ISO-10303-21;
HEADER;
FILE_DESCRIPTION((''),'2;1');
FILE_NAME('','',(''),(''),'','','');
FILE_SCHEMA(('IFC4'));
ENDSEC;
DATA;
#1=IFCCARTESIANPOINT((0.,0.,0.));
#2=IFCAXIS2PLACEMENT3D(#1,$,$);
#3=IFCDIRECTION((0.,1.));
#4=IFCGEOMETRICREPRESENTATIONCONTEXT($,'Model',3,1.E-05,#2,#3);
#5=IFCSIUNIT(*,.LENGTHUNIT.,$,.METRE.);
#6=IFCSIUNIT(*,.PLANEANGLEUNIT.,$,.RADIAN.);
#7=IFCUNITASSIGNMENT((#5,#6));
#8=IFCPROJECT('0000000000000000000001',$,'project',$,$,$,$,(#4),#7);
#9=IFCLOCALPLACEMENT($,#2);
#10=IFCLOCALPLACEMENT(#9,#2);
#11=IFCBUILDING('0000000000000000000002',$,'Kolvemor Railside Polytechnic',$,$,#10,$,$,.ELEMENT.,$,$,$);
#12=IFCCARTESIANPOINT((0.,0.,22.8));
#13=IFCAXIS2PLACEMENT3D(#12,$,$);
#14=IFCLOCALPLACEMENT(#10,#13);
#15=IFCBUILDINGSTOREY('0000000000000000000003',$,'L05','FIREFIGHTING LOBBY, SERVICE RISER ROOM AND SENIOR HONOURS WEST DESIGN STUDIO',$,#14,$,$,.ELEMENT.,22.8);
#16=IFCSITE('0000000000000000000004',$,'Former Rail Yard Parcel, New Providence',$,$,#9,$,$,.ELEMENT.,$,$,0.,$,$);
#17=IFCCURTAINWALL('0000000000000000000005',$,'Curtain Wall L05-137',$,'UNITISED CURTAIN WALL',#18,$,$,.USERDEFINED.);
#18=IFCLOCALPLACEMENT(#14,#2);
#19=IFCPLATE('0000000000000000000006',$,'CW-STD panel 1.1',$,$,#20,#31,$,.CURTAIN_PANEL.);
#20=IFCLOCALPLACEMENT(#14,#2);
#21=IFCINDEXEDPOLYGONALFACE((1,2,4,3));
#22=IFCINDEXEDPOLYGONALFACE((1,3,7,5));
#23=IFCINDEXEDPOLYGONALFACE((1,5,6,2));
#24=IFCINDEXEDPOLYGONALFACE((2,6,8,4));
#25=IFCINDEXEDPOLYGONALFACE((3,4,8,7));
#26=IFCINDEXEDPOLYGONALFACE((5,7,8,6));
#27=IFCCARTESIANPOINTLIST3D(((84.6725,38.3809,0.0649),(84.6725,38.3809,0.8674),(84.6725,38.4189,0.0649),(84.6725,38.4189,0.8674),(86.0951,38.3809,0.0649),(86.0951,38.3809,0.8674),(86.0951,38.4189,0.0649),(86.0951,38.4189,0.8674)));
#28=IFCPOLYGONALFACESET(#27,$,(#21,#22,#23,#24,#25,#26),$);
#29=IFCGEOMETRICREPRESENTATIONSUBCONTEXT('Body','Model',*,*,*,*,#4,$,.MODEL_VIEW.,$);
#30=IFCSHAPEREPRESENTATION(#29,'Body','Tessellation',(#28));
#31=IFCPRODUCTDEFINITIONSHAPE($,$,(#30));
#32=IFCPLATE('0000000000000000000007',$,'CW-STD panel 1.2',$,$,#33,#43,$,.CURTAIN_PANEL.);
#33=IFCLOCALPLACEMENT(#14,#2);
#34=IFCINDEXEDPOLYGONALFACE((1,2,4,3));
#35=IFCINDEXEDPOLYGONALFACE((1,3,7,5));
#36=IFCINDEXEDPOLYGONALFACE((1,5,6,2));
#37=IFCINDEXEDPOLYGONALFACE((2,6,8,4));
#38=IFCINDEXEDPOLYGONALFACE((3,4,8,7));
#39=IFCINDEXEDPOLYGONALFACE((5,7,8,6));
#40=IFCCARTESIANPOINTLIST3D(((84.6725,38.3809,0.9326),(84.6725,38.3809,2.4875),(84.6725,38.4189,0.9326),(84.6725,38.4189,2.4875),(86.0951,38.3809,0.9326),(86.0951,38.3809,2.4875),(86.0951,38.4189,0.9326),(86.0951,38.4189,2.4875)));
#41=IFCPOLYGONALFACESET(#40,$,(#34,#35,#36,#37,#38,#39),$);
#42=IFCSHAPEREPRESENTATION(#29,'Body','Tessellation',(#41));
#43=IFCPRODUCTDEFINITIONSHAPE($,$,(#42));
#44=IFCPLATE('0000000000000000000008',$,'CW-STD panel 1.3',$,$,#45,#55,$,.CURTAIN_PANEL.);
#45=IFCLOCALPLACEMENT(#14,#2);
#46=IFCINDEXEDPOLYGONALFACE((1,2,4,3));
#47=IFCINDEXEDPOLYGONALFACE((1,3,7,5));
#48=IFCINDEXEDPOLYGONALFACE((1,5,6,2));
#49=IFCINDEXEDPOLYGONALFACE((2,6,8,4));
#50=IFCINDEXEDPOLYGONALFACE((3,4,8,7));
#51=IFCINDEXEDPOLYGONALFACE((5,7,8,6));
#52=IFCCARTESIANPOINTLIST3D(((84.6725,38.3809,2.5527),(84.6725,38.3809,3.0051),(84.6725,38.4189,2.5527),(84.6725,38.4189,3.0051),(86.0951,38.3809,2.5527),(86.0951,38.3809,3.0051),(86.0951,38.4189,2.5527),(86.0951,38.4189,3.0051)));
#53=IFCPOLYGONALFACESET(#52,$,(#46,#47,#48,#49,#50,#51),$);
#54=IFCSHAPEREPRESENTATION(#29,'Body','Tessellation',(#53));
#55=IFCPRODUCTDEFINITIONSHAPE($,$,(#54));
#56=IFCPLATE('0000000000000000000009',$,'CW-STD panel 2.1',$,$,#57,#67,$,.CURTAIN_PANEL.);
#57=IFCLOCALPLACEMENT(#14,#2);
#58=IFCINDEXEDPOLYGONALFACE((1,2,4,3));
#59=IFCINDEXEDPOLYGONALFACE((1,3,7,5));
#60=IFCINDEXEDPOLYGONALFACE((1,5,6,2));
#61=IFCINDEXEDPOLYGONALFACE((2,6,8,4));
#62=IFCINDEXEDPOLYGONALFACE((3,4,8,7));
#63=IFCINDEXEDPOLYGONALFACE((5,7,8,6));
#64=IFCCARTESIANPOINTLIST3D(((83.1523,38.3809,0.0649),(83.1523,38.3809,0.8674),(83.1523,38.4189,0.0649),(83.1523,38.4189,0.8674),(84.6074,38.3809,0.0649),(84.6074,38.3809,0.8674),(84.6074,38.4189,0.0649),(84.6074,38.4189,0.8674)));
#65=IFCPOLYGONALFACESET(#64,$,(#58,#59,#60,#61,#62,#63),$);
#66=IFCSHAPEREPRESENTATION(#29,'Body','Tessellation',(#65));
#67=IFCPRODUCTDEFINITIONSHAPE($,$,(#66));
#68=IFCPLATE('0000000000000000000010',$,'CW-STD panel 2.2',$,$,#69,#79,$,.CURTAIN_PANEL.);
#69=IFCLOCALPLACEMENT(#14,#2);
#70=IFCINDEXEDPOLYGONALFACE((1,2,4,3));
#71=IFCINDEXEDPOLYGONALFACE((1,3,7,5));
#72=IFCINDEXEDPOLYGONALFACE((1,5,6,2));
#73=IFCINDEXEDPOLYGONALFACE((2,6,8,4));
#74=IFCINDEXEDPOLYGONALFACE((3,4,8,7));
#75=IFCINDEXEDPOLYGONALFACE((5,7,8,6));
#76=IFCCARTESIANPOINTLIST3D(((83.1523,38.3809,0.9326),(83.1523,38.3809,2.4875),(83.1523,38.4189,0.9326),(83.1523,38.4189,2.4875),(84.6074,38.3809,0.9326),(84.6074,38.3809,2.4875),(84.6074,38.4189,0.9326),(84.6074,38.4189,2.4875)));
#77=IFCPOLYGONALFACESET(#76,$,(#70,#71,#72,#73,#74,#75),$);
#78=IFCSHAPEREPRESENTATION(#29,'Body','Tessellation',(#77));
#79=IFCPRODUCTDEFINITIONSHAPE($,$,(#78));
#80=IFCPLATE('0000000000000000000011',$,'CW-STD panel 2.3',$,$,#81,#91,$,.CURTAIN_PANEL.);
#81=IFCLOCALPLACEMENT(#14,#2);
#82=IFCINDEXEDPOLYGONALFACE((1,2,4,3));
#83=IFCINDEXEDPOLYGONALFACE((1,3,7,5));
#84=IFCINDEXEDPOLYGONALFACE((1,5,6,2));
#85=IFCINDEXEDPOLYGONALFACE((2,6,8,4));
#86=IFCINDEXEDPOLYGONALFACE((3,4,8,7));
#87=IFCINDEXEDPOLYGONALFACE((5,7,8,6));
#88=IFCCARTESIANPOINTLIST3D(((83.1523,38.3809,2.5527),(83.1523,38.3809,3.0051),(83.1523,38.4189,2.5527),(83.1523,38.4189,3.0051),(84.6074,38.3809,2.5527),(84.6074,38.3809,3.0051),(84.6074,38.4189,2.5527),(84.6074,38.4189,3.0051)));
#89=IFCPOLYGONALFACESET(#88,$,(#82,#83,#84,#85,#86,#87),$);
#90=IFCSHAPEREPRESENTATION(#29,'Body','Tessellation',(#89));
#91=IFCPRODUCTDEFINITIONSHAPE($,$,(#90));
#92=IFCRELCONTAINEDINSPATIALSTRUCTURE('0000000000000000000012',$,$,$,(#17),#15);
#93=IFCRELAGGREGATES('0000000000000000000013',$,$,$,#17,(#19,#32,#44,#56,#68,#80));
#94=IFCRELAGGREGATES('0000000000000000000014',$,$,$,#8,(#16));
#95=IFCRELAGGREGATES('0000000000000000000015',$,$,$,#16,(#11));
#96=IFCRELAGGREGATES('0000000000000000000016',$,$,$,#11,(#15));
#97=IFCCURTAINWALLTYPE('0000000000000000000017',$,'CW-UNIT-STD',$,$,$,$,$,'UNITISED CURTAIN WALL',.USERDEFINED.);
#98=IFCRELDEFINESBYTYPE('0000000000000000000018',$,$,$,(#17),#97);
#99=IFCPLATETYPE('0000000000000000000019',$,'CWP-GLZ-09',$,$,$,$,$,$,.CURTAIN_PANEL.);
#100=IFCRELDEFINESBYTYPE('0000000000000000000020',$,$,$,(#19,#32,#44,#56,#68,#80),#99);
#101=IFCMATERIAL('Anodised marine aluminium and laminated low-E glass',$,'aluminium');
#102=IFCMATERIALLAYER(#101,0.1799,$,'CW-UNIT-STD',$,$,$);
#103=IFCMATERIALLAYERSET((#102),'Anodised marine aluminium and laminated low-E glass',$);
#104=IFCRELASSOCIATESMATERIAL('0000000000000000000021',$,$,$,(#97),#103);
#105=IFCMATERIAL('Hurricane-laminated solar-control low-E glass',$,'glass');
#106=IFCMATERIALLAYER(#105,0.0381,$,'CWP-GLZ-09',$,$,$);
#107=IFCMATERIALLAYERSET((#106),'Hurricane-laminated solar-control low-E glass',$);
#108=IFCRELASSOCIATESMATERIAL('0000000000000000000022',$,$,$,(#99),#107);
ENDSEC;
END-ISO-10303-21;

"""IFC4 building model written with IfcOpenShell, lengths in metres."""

from ifc_helpers import new_model, si_unit, direction, frame, origin, origin_2d, place, context, subcontext, project, spatial, rectangle, extrude, material, layer, layer_set, type_object, element, aggregate, save


model = new_model("IFC4")

# Units and contexts
model_context = context("Model", 3, precision=1e-05, world=origin(), true_north=direction((0.0, 1.0)))
body_context = subcontext(model_context, "Body", "Model", "MODEL_VIEW")
ifc_project = project(units=[si_unit("LENGTHUNIT", "METRE"), si_unit("PLANEANGLEUNIT", "RADIAN")], contexts=[model_context])

# Site, building, storey
site_placement = place(None, origin())
site = spatial("IfcSite", under=ifc_project, at=site_placement, Name="Former Rail Yard Parcel, New Providence", CompositionType="ELEMENT", RefElevation=0.0)
building_placement = place(site_placement, origin())
building = spatial("IfcBuilding", under=site, at=building_placement, Name="Kolvemor Railside Polytechnic", CompositionType="ELEMENT")
storey_placement = place(building_placement, frame((0.0, 0.0, 22.8)))
storey = spatial("IfcBuildingStorey", under=building, at=storey_placement, Name="L05", Description="FIREFIGHTING LOBBY, SERVICE RISER ROOM AND SENIOR HONOURS WEST DESIGN STUDIO", CompositionType="ELEMENT", Elevation=22.8)

# Curtain wall, plates
ifc_material_1 = material(Name="Anodised marine aluminium and laminated low-E glass", Category="aluminium")
ifc_layer_1 = layer(ifc_material_1, 0.1799, Name="CW-UNIT-STD")
ifc_layer_set_1 = layer_set([ifc_layer_1], Name="Anodised marine aluminium and laminated low-E glass")
curtain_wall_type = type_object("IfcCurtainWallType", Name="CW-UNIT-STD", ElementType="UNITISED CURTAIN WALL", PredefinedType="USERDEFINED", material=ifc_layer_set_1)
curtain_wall_placement = place(storey_placement, origin())
curtain_wall = element("IfcCurtainWall", 1, at=curtain_wall_placement, inside=storey, type_object=curtain_wall_type, Name="Curtain Wall L05-137", ObjectType="UNITISED CURTAIN WALL", PredefinedType="USERDEFINED")
ifc_material_2 = material(Name="Hurricane-laminated solar-control low-E glass", Category="glass")
ifc_layer_2 = layer(ifc_material_2, 0.0381, Name="CWP-GLZ-09")
ifc_layer_set_2 = layer_set([ifc_layer_2], Name="Hurricane-laminated solar-control low-E glass")
plate_type = type_object("IfcPlateType", Name="CWP-GLZ-09", PredefinedType="CURTAIN_PANEL", material=ifc_layer_set_2)
plate_1_placement = place(storey_placement, frame((85.3838, 38.3999, 0.0649), z_axis=(0.0, 0.0, 1.0), x_axis=(-1.0, 0.0, 0.0)))
plate_1 = element("IfcPlate", 2, at=plate_1_placement, type_object=plate_type, Name="CW-STD panel 1.1", PredefinedType="CURTAIN_PANEL", context=body_context, shape_type="SweptSolid", body=[
    extrude(rectangle(XDim=1.4226, YDim=0.0381, at=origin_2d()), origin(), (0.0, 0.0, 1.0), 0.8025),
])
plate_2_placement = place(storey_placement, frame((85.3838, 38.3999, 0.9326), z_axis=(0.0, 0.0, 1.0), x_axis=(-1.0, 0.0, 0.0)))
plate_2 = element("IfcPlate", 3, at=plate_2_placement, type_object=plate_type, Name="CW-STD panel 1.2", PredefinedType="CURTAIN_PANEL", context=body_context, shape_type="SweptSolid", body=[
    extrude(rectangle(XDim=1.4226, YDim=0.0381, at=origin_2d()), origin(), (0.0, 0.0, 1.0), 1.5549),
])
plate_3_placement = place(storey_placement, frame((85.3838, 38.3999, 2.5527), z_axis=(0.0, 0.0, 1.0), x_axis=(-1.0, 0.0, 0.0)))
plate_3 = element("IfcPlate", 4, at=plate_3_placement, type_object=plate_type, Name="CW-STD panel 1.3", PredefinedType="CURTAIN_PANEL", context=body_context, shape_type="SweptSolid", body=[
    extrude(rectangle(XDim=1.4226, YDim=0.0381, at=origin_2d()), origin(), (0.0, 0.0, 1.0), 0.4524),
])
plate_4_placement = place(storey_placement, frame((83.8799, 38.3999, 0.0649), z_axis=(0.0, 0.0, 1.0), x_axis=(-1.0, 0.0, 0.0)))
plate_4 = element("IfcPlate", 5, at=plate_4_placement, type_object=plate_type, Name="CW-STD panel 2.1", PredefinedType="CURTAIN_PANEL", context=body_context, shape_type="SweptSolid", body=[
    extrude(rectangle(XDim=1.4551, YDim=0.0381, at=origin_2d()), origin(), (0.0, 0.0, 1.0), 0.8025),
])
plate_5_placement = place(storey_placement, frame((83.8799, 38.3999, 0.9326), z_axis=(0.0, 0.0, 1.0), x_axis=(-1.0, 0.0, 0.0)))
plate_5 = element("IfcPlate", 6, at=plate_5_placement, type_object=plate_type, Name="CW-STD panel 2.2", PredefinedType="CURTAIN_PANEL", context=body_context, shape_type="SweptSolid", body=[
    extrude(rectangle(XDim=1.4551, YDim=0.0381, at=origin_2d()), origin(), (0.0, 0.0, 1.0), 1.5549),
])
plate_6_placement = place(storey_placement, frame((83.8799, 38.3999, 2.5527), z_axis=(0.0, 0.0, 1.0), x_axis=(-1.0, 0.0, 0.0)))
plate_6 = element("IfcPlate", 7, at=plate_6_placement, type_object=plate_type, Name="CW-STD panel 2.3", PredefinedType="CURTAIN_PANEL", context=body_context, shape_type="SweptSolid", body=[
    extrude(rectangle(XDim=1.4551, YDim=0.0381, at=origin_2d()), origin(), (0.0, 0.0, 1.0), 0.4524),
])
aggregate(curtain_wall, [plate_1, plate_2, plate_3, plate_4, plate_5, plate_6])

save(model, "model.ifc")
